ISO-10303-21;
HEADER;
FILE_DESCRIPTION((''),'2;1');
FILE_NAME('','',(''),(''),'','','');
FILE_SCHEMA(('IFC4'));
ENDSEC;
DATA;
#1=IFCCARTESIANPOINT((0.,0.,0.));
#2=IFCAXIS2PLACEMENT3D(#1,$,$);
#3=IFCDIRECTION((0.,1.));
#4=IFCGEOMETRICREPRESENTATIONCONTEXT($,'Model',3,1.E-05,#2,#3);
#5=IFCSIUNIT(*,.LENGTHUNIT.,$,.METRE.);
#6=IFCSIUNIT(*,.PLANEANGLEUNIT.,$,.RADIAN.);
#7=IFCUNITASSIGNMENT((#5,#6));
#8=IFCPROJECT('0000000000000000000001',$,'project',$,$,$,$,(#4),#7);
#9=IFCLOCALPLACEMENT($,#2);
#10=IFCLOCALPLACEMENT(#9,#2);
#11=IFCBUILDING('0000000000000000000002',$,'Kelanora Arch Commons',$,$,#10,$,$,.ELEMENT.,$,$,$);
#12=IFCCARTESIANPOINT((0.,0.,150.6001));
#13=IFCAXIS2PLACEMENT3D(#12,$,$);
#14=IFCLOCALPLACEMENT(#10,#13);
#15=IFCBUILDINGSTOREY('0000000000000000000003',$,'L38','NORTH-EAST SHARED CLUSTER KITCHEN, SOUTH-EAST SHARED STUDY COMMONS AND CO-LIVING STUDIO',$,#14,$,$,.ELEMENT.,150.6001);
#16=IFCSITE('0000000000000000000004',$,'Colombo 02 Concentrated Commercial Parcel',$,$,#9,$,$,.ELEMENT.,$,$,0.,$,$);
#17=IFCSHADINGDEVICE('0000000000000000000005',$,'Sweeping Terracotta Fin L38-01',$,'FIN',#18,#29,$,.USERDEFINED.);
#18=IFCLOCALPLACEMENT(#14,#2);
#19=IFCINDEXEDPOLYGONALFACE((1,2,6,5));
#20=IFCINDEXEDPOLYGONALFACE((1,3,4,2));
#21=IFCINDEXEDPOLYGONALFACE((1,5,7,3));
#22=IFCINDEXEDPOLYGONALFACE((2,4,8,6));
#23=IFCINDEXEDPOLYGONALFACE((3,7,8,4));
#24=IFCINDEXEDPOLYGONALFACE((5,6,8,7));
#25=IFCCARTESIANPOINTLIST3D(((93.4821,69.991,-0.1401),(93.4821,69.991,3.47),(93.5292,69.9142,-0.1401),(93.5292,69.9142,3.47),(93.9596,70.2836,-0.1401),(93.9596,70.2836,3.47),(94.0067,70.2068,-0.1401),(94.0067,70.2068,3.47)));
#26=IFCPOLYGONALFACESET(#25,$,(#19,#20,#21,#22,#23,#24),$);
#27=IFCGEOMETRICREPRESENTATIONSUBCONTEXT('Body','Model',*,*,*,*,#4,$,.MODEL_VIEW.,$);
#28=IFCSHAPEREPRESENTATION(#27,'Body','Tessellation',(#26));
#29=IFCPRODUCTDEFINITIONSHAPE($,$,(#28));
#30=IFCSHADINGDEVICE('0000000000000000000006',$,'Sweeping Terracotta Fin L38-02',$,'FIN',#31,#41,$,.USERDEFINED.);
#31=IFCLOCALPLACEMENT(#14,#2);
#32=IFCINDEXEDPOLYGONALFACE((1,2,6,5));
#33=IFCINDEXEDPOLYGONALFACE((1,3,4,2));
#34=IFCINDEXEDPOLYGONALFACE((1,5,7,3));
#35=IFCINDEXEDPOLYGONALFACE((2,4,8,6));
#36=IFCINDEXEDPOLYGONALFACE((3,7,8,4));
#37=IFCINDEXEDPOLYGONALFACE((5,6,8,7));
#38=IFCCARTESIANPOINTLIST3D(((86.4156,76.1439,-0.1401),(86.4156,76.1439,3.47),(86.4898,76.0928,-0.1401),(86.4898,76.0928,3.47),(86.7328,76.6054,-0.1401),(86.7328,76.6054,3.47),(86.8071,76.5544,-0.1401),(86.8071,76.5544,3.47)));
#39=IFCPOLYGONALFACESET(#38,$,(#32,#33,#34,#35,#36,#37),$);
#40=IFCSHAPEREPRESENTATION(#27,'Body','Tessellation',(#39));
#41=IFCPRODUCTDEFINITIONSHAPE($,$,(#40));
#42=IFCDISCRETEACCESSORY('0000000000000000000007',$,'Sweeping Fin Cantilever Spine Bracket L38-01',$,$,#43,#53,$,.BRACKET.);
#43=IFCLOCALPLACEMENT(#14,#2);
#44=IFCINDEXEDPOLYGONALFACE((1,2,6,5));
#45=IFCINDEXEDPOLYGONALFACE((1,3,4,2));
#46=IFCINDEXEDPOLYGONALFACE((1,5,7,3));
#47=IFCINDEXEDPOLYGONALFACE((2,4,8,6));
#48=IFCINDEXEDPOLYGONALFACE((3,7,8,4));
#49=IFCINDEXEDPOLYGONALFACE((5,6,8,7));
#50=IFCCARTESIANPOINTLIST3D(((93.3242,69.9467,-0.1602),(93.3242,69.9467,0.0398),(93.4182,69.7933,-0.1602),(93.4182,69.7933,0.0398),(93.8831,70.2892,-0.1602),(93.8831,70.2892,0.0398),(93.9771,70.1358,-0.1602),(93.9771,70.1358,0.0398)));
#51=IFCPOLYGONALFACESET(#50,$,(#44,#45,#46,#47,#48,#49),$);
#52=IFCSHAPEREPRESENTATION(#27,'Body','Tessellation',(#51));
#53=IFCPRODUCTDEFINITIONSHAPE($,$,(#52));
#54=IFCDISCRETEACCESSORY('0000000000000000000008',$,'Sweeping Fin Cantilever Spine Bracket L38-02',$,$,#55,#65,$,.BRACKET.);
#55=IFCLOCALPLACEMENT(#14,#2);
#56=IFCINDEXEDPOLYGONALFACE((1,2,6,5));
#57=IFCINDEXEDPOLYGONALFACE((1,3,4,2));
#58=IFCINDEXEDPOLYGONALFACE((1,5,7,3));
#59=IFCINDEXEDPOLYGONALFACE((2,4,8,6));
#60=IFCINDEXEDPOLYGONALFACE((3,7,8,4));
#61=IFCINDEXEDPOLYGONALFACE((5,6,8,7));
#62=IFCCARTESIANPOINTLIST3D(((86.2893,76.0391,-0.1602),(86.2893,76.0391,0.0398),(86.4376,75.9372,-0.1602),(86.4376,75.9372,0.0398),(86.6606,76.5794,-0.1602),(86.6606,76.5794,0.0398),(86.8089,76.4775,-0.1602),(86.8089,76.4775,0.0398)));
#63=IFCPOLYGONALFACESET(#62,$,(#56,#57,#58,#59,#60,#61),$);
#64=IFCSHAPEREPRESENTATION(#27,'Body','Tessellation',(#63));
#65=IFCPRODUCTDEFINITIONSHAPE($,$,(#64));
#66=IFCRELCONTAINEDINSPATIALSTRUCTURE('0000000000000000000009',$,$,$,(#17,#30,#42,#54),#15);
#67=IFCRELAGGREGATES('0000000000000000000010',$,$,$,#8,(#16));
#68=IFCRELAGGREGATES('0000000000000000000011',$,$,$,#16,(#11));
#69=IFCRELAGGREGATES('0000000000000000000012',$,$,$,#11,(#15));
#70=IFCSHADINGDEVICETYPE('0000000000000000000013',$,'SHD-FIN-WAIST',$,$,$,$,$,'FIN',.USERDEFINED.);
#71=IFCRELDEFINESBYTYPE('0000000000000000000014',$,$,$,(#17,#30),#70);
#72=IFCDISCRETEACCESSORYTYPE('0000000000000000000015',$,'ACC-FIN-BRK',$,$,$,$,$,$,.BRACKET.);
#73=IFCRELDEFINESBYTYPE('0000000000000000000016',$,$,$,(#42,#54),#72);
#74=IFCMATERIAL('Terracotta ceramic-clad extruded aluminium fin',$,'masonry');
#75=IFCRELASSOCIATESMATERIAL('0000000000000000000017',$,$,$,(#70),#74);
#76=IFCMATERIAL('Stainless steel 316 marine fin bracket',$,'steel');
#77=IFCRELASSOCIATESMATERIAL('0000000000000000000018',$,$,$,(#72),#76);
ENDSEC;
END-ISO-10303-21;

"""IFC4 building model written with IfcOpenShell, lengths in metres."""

from ifc_helpers import new_model, si_unit, direction, frame, origin, origin_2d, place, context, subcontext, project, spatial, rectangle, extrude, source, transform, mapped, material, type_object, element, save


model = new_model("IFC4")

# Units and contexts
model_context = context("Model", 3, precision=1e-05, world=origin(), true_north=direction((0.0, 1.0)))
body_context = subcontext(model_context, "Body", "Model", "MODEL_VIEW")
ifc_project = project(units=[si_unit("LENGTHUNIT", "METRE"), si_unit("PLANEANGLEUNIT", "RADIAN")], contexts=[model_context])

# Site, building, storey
site_placement = place(None, origin())
site = spatial("IfcSite", under=ifc_project, at=site_placement, Name="Colombo 02 Concentrated Commercial Parcel", CompositionType="ELEMENT", RefElevation=0.0)
building_placement = place(site_placement, origin())
building = spatial("IfcBuilding", under=site, at=building_placement, Name="Kelanora Arch Commons", CompositionType="ELEMENT")
storey_placement = place(building_placement, frame((0.0, 0.0, 150.6001)))
storey = spatial("IfcBuildingStorey", under=building, at=storey_placement, Name="L38", Description="NORTH-EAST SHARED CLUSTER KITCHEN, SOUTH-EAST SHARED STUDY COMMONS AND CO-LIVING STUDIO", CompositionType="ELEMENT", Elevation=150.6001)

# Shading devices
ifc_material_1 = material(Name="Terracotta ceramic-clad extruded aluminium fin", Category="masonry")
shading_device_type = type_object("IfcShadingDeviceType", Name="SHD-FIN-WAIST", ElementType="FIN", PredefinedType="USERDEFINED", material=ifc_material_1)
shared_shape_1 = source(origin(), body_context, "Body", "SweptSolid", [
    extrude(rectangle(XDim=0.5601, YDim=0.0901, at=origin_2d()), origin(), (0.0, 0.0, 1.0), 3.6101),
])
for number, where, z_axis, x_axis, name in (
    (1, (93.7444, 70.0989, -0.1401), (0.0, 0.0, 1.0), (0.85264, 0.522499, 0.0), "Sweeping Terracotta Fin L38-01"),
    (2, (86.6113, 76.3491, -0.1401), (0.0, 0.0, 1.0), (0.566406, 0.824126, 0.0), "Sweeping Terracotta Fin L38-02"),
):
    element("IfcShadingDevice", number, at=place(storey_placement, frame(where, z_axis=z_axis, x_axis=x_axis)), inside=storey, type_object=shading_device_type, Name=name, ObjectType="FIN", PredefinedType="USERDEFINED", context=body_context, shape_type="MappedRepresentation", body=[
        mapped(shared_shape_1, transform((0.0, 0.0, 0.0), scale=1.0)),
    ])

# Discrete accessories
ifc_material_2 = material(Name="Stainless steel 316 marine fin bracket", Category="steel")
discrete_accessory_type = type_object("IfcDiscreteAccessoryType", Name="ACC-FIN-BRK", PredefinedType="BRACKET", material=ifc_material_2)
shared_shape_2 = source(origin(), body_context, "Body", "SweptSolid", [
    extrude(rectangle(XDim=0.6555, YDim=0.1799, at=origin_2d()), origin(), (0.0, 0.0, 1.0), 0.2),
])
for number, where, z_axis, x_axis, name in (
    (3, (93.6506, 70.0413, -0.1602), (0.0, 0.0, 1.0), (0.85264, 0.522499, 0.0), "Sweeping Fin Cantilever Spine Bracket L38-01"),
    (4, (86.5491, 76.2583, -0.1602), (0.0, 0.0, 1.0), (0.566406, 0.824126, 0.0), "Sweeping Fin Cantilever Spine Bracket L38-02"),
):
    element("IfcDiscreteAccessory", number, at=place(storey_placement, frame(where, z_axis=z_axis, x_axis=x_axis)), inside=storey, type_object=discrete_accessory_type, Name=name, PredefinedType="BRACKET", context=body_context, shape_type="MappedRepresentation", body=[
        mapped(shared_shape_2, transform((0.0, 0.0, 0.0), scale=1.0)),
    ])

save(model, "model.ifc")
